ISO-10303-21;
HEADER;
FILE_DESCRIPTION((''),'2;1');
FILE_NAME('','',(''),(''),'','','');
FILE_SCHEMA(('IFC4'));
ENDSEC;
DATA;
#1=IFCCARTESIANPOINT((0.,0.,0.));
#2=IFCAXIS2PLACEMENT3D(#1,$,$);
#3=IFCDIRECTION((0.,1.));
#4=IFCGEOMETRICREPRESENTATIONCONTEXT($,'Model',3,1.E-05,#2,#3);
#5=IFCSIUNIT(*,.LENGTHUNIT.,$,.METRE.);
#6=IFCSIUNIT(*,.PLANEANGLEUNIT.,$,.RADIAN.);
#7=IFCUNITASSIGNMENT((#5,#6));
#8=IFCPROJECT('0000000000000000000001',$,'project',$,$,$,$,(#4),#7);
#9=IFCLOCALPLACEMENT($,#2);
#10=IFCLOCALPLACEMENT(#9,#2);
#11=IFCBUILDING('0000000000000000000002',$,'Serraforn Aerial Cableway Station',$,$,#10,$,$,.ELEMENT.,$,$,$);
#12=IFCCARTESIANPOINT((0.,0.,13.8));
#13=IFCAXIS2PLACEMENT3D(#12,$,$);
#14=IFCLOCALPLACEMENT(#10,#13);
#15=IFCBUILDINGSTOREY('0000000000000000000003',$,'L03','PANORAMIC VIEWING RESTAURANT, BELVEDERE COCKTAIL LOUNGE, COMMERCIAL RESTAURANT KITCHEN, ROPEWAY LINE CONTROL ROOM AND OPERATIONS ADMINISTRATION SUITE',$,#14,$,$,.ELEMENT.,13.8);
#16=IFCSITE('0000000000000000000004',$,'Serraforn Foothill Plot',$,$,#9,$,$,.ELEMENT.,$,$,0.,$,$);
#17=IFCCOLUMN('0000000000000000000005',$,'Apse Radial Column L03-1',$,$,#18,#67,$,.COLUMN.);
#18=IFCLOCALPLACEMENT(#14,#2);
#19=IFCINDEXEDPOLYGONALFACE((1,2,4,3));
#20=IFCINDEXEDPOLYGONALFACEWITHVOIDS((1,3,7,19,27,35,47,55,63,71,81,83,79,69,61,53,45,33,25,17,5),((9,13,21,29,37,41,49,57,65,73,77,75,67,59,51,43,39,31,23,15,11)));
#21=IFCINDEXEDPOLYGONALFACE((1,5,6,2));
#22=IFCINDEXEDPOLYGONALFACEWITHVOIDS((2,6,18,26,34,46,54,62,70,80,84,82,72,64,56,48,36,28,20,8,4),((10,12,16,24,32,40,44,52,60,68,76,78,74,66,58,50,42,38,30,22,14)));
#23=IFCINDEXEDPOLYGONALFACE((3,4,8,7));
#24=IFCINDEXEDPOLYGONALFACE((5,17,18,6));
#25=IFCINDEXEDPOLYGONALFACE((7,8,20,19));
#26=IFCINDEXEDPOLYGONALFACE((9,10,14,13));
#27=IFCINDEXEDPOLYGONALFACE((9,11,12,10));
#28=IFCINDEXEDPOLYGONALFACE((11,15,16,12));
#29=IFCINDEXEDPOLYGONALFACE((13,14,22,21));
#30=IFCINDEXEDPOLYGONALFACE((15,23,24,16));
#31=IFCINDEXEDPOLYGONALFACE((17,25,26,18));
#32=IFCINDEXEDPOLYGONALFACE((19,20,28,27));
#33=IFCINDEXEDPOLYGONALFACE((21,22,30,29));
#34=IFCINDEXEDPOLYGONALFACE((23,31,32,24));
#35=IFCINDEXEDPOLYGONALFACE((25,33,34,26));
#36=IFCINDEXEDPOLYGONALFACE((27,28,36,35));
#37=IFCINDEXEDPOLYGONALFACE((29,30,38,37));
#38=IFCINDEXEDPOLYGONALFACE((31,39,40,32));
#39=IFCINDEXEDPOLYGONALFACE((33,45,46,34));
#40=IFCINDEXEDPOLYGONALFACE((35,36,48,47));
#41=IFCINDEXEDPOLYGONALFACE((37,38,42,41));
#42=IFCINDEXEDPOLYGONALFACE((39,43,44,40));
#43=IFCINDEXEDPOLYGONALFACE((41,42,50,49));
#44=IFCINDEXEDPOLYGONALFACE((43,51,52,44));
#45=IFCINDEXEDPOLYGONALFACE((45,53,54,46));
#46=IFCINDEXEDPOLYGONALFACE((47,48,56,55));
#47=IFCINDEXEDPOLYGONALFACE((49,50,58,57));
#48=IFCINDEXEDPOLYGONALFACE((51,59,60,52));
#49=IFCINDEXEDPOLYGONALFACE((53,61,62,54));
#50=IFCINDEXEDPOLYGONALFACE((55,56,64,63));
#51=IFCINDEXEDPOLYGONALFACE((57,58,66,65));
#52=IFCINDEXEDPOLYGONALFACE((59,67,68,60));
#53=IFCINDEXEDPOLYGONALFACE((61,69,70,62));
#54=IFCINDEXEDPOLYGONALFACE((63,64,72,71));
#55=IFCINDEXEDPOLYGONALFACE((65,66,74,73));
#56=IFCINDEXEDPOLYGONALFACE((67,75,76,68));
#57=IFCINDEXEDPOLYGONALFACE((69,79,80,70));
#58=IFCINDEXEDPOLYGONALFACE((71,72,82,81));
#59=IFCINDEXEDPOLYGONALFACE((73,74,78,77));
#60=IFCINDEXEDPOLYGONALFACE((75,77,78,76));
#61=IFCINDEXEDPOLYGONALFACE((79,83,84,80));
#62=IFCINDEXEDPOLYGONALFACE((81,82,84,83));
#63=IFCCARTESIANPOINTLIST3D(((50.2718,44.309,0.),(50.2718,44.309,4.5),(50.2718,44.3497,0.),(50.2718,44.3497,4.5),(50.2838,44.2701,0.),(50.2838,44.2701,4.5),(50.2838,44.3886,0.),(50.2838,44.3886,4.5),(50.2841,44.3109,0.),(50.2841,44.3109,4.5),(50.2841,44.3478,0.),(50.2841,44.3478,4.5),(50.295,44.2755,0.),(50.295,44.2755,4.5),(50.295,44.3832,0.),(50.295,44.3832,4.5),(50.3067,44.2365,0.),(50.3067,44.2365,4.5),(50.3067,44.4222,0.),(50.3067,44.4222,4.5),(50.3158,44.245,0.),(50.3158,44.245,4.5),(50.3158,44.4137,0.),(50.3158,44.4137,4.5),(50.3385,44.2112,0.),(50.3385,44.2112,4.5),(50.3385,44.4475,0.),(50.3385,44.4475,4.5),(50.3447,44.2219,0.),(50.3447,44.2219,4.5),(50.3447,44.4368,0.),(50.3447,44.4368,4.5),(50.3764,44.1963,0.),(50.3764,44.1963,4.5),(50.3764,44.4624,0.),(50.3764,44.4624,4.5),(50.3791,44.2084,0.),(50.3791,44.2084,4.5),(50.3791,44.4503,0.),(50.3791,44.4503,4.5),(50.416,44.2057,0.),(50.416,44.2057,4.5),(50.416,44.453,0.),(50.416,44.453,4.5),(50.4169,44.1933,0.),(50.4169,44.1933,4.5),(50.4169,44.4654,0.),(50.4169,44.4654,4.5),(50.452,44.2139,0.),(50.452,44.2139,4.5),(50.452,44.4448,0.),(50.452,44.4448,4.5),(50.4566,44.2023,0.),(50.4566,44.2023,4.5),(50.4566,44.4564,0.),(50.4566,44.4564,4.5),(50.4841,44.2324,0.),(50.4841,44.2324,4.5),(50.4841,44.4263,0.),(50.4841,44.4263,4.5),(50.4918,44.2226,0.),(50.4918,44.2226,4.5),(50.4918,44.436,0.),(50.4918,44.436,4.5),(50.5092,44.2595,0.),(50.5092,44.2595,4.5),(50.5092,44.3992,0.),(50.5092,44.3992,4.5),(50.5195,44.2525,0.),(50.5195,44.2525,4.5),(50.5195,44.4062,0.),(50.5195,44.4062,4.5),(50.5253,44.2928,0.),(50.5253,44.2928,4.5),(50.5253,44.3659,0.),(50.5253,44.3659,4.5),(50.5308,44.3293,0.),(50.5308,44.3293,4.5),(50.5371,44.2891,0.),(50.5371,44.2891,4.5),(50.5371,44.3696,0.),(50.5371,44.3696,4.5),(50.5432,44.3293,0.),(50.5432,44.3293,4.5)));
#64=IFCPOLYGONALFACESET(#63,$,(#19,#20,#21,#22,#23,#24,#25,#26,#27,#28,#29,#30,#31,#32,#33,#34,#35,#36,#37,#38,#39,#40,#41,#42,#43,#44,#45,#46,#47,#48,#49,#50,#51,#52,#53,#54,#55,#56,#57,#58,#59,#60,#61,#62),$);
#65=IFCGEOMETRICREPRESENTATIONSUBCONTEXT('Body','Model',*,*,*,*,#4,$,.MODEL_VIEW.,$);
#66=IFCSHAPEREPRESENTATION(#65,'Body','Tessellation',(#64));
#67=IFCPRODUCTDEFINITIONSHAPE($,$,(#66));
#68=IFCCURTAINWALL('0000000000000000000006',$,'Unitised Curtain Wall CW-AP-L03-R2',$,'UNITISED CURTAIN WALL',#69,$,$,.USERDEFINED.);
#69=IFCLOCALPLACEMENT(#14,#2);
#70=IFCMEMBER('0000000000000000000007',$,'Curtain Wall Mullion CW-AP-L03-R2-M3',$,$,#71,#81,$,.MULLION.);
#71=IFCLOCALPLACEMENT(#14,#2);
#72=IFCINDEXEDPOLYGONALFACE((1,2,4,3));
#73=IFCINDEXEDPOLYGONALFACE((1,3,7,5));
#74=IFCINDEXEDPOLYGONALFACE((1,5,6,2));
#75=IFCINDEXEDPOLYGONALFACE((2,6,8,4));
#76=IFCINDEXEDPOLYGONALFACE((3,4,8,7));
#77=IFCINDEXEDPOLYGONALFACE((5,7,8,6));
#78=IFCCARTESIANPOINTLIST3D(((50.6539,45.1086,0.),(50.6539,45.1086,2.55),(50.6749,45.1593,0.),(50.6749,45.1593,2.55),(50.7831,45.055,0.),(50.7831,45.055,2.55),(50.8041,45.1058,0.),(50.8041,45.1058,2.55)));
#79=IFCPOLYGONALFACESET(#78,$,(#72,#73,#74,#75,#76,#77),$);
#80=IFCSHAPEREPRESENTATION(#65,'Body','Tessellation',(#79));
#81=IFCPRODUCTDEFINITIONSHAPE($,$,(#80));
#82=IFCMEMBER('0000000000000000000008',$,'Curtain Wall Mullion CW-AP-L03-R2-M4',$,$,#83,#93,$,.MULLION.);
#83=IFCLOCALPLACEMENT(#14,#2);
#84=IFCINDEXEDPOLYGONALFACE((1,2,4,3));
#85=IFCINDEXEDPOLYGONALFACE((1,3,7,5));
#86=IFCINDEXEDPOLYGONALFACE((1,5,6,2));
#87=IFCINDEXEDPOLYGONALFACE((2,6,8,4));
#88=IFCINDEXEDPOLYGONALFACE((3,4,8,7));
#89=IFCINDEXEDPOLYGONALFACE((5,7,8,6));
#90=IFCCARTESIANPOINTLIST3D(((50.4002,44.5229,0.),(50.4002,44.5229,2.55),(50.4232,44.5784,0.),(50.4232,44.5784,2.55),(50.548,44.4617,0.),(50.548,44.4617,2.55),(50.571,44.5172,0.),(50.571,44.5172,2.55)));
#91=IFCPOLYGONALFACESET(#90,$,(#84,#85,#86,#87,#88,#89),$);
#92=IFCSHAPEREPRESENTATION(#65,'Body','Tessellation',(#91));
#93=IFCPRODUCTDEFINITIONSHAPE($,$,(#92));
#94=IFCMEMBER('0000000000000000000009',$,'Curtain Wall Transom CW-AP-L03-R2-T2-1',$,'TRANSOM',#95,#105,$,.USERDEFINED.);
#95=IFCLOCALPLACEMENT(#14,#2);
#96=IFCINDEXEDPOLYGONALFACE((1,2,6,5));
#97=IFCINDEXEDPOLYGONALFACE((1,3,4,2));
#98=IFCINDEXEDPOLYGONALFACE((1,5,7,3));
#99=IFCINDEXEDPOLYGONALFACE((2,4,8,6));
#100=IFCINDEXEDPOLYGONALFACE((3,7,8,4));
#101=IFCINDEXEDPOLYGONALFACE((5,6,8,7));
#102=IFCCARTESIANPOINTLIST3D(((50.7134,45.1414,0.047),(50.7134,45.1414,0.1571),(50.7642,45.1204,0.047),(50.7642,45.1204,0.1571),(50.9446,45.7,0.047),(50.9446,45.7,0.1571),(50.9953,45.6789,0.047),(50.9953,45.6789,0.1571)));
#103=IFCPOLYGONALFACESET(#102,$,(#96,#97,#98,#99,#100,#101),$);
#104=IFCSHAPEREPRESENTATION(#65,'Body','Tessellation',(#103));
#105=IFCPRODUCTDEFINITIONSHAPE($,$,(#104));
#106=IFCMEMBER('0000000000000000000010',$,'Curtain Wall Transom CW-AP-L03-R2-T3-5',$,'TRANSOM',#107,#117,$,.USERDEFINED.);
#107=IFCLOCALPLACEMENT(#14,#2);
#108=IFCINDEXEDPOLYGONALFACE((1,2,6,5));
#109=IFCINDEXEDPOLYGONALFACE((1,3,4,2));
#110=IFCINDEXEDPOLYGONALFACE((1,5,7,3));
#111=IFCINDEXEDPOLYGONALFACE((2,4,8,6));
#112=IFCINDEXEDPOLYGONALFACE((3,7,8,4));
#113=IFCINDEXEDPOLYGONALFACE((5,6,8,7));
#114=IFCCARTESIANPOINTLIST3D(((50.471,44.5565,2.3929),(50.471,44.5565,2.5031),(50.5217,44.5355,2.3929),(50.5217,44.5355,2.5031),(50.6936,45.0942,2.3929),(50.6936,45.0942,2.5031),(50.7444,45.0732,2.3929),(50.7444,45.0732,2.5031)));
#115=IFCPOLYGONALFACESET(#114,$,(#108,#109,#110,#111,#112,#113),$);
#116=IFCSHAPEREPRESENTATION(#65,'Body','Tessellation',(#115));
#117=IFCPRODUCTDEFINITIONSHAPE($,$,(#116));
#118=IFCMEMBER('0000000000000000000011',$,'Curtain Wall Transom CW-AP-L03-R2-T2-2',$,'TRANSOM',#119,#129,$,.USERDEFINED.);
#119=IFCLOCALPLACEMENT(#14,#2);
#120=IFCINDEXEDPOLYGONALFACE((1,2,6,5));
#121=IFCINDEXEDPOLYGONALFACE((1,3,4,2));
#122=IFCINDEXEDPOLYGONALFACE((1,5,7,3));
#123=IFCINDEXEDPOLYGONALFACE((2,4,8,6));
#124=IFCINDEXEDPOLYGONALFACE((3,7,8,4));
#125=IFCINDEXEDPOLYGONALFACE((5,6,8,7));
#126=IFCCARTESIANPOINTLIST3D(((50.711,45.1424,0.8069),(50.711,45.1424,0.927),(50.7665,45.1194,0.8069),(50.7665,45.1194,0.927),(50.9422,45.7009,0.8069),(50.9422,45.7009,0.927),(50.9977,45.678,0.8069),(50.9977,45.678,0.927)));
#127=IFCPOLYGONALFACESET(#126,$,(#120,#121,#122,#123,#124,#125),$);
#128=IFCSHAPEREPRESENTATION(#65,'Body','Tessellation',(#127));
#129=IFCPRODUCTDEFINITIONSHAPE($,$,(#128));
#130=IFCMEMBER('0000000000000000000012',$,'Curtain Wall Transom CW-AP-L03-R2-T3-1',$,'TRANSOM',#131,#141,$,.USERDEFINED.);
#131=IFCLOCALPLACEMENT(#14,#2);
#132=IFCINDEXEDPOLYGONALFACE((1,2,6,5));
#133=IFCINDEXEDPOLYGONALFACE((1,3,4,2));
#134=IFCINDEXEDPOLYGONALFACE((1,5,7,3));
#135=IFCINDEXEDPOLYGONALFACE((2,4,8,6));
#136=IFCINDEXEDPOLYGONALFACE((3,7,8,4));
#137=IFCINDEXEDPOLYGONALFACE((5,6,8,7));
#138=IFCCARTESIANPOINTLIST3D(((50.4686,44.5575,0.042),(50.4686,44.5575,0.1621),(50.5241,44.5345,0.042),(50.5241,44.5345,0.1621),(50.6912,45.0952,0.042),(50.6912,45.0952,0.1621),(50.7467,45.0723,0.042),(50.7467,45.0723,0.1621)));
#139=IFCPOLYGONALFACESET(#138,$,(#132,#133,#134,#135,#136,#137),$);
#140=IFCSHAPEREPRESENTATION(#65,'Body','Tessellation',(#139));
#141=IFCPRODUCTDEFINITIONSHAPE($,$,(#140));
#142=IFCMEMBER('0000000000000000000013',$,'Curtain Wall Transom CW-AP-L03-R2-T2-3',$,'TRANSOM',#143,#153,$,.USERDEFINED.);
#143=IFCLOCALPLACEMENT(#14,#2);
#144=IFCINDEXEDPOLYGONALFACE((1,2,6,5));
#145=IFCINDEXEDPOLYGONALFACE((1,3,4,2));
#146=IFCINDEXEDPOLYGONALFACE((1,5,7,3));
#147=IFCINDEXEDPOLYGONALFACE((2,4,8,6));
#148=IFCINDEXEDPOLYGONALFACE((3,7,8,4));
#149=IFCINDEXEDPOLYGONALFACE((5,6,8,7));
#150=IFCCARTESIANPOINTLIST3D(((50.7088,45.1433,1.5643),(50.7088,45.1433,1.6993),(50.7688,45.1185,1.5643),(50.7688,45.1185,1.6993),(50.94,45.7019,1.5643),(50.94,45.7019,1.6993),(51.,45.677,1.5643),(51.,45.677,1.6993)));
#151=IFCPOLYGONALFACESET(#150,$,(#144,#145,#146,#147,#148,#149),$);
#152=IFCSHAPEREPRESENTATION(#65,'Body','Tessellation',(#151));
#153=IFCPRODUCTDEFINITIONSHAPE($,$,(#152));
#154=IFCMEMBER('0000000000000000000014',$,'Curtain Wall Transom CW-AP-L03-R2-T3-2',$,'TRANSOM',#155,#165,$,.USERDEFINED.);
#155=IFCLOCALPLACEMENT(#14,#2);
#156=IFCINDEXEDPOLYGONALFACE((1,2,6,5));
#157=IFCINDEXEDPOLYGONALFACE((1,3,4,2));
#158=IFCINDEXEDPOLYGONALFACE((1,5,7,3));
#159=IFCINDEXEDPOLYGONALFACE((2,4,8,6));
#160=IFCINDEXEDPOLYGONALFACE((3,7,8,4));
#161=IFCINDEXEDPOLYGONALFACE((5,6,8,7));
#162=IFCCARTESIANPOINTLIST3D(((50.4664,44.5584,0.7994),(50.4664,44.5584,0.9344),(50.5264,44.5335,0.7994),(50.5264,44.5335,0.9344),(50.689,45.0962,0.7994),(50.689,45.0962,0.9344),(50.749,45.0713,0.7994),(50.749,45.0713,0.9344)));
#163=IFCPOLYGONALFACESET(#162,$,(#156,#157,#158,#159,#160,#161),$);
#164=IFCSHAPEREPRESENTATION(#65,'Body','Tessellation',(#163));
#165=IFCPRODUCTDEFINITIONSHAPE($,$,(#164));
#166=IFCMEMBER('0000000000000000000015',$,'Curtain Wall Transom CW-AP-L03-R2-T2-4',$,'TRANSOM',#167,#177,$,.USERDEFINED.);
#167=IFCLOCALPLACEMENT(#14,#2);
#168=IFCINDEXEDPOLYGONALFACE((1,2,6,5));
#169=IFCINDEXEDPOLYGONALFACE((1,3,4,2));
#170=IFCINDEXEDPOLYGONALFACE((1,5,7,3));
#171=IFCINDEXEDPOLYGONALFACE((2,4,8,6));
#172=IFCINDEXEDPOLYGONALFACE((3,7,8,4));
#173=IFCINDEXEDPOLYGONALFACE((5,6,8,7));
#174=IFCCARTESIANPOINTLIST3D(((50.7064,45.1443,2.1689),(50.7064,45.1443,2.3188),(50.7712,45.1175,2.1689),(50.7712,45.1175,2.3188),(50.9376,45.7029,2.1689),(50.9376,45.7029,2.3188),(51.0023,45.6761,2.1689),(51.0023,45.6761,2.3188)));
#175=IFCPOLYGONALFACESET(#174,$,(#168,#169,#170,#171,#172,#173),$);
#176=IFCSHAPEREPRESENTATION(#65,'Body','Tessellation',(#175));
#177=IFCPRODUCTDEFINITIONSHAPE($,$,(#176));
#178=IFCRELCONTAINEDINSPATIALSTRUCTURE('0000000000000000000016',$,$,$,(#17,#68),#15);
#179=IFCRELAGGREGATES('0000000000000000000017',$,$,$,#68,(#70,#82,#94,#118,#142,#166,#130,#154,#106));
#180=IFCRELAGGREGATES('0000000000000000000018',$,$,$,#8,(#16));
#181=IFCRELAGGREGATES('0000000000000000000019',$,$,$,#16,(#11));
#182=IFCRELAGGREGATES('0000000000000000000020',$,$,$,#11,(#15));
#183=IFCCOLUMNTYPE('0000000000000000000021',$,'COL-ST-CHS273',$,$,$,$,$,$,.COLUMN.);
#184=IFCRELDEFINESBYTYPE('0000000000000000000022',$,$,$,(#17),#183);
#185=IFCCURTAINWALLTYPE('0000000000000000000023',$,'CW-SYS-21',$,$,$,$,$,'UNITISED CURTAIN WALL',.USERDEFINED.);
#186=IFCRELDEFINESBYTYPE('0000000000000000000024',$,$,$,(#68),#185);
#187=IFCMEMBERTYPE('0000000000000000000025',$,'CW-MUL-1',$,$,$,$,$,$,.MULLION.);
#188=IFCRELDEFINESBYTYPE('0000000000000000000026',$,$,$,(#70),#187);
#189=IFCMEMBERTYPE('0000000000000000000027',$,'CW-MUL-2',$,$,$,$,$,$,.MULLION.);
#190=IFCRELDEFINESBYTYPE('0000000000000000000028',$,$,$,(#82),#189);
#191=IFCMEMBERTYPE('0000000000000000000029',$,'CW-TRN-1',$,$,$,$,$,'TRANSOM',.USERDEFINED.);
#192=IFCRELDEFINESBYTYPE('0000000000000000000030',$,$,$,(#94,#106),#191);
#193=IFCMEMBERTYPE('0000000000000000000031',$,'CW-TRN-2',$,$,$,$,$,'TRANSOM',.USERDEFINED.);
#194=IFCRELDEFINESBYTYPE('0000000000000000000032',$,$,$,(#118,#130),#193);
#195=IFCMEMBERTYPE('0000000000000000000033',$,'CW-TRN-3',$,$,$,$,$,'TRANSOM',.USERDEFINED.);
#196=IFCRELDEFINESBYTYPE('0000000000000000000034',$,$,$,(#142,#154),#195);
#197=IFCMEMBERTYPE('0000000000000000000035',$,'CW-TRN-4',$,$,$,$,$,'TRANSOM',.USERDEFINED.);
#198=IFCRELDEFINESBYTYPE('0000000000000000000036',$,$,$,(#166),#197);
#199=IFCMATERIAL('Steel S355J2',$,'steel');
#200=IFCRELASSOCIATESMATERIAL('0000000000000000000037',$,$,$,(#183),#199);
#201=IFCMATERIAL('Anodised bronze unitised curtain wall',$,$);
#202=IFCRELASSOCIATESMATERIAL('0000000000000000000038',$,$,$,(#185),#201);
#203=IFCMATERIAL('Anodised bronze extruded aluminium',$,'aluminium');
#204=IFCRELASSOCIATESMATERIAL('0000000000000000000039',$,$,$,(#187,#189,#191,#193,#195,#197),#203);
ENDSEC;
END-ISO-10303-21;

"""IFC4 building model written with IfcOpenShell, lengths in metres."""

from ifc_helpers import new_model, si_unit, direction, frame, origin, origin_2d, place, context, subcontext, project, spatial, rectangle, hollow_circle, extrude, material, material_profile, profile_set, type_object, element, aggregate, save


model = new_model("IFC4")

# Units and contexts
model_context = context("Model", 3, precision=1e-05, world=origin(), true_north=direction((0.0, 1.0)))
body_context = subcontext(model_context, "Body", "Model", "MODEL_VIEW")
ifc_project = project(units=[si_unit("LENGTHUNIT", "METRE"), si_unit("PLANEANGLEUNIT", "RADIAN")], contexts=[model_context])

# Site, building, storey
site_placement = place(None, origin())
site = spatial("IfcSite", under=ifc_project, at=site_placement, Name="Serraforn Foothill Plot", CompositionType="ELEMENT", RefElevation=0.0)
building_placement = place(site_placement, origin())
building = spatial("IfcBuilding", under=site, at=building_placement, Name="Serraforn Aerial Cableway Station", CompositionType="ELEMENT")
storey_placement = place(building_placement, frame((0.0, 0.0, 13.8)))
storey = spatial("IfcBuildingStorey", under=building, at=storey_placement, Name="L03", Description="PANORAMIC VIEWING RESTAURANT, BELVEDERE COCKTAIL LOUNGE, COMMERCIAL RESTAURANT KITCHEN, ROPEWAY LINE CONTROL ROOM AND OPERATIONS ADMINISTRATION SUITE", CompositionType="ELEMENT", Elevation=13.8)

# Column
ifc_material_1 = material(Name="Steel S355J2", Category="steel")
ifc_material_profile_1 = material_profile(ifc_material_1, hollow_circle(Radius=0.1365, WallThickness=0.0125, at=origin_2d()), Name="CHS 273.0x12.5")
ifc_profile_set_1 = profile_set([ifc_material_profile_1], Name="Steel S355J2")
column_type = type_object("IfcColumnType", Name="COL-ST-CHS273", PredefinedType="COLUMN", material=ifc_profile_set_1)
column_placement = place(storey_placement, frame((50.4067, 44.3293, 0.0), z_axis=(0.0, 0.0, 1.0), x_axis=(1.0, 0.0, 0.0)))
element("IfcColumn", 1, at=column_placement, inside=storey, type_object=column_type, Name="Apse Radial Column L03-1", PredefinedType="COLUMN", context=body_context, shape_type="SweptSolid", body=[
    extrude(hollow_circle(Radius=0.1365, WallThickness=0.0125, at=origin_2d()), origin(), (0.0, 0.0, 1.0), 4.5),
])

# Curtain wall, members
ifc_material_2 = material(Name="Anodised bronze unitised curtain wall")
curtain_wall_type = type_object("IfcCurtainWallType", Name="CW-SYS-21", ElementType="UNITISED CURTAIN WALL", PredefinedType="USERDEFINED", material=ifc_material_2)
curtain_wall_placement = place(storey_placement, origin())
curtain_wall = element("IfcCurtainWall", 2, at=curtain_wall_placement, inside=storey, type_object=curtain_wall_type, Name="Unitised Curtain Wall CW-AP-L03-R2", ObjectType="UNITISED CURTAIN WALL", PredefinedType="USERDEFINED")
ifc_material_3 = material(Name="Anodised bronze extruded aluminium", Category="aluminium")
ifc_material_profile_2 = material_profile(ifc_material_3, rectangle(XDim=0.0549, YDim=0.1399, at=origin_2d()), Name="CW MULLION 55x140")
ifc_profile_set_2 = profile_set([ifc_material_profile_2], Name="Anodised bronze extruded aluminium")
member_type_1 = type_object("IfcMemberType", Name="CW-MUL-1", PredefinedType="MULLION", material=ifc_profile_set_2)
member_1_placement = place(storey_placement, frame((50.729, 45.1072, 0.0), z_axis=(0.0, 0.0, 1.0), x_axis=(-0.382666, -0.923887, 0.0)))
member_1 = element("IfcMember", 3, at=member_1_placement, type_object=member_type_1, Name="Curtain Wall Mullion CW-AP-L03-R2-M3", PredefinedType="MULLION", context=body_context, shape_type="SweptSolid", body=[
    extrude(rectangle(XDim=0.0549, YDim=0.1399, at=origin_2d()), origin(), (0.0, 0.0, 1.0), 2.55),
])
ifc_material_profile_3 = material_profile(ifc_material_3, rectangle(XDim=0.0601, YDim=0.1599, at=origin_2d()), Name="CW MULLION 60x160")
ifc_profile_set_3 = profile_set([ifc_material_profile_3], Name="Anodised bronze extruded aluminium")
member_type_2 = type_object("IfcMemberType", Name="CW-MUL-2", PredefinedType="MULLION", material=ifc_profile_set_3)
member_2_placement = place(storey_placement, frame((50.4856, 44.52, 0.0), z_axis=(0.0, 0.0, 1.0), x_axis=(-0.382666, -0.923887, 0.0)))
member_2 = element("IfcMember", 4, at=member_2_placement, type_object=member_type_2, Name="Curtain Wall Mullion CW-AP-L03-R2-M4", PredefinedType="MULLION", context=body_context, shape_type="SweptSolid", body=[
    extrude(rectangle(XDim=0.0601, YDim=0.1599, at=origin_2d()), origin(), (0.0, 0.0, 1.0), 2.55),
])
ifc_material_profile_4 = material_profile(ifc_material_3, rectangle(XDim=0.0549, YDim=0.1101, at=origin_2d()), Name="CW TRANSOM 55x110")
ifc_profile_set_4 = profile_set([ifc_material_profile_4], Name="Anodised bronze extruded aluminium")
member_type_3 = type_object("IfcMemberType", Name="CW-TRN-1", ElementType="TRANSOM", PredefinedType="USERDEFINED", material=ifc_profile_set_4)
member_3_placement = place(storey_placement, frame((50.97, 45.6895, 0.1021), z_axis=(-0.382435, -0.923982, 0.0), x_axis=(0.923982, -0.382435, 0.0)))
member_3 = element("IfcMember", 5, at=member_3_placement, type_object=member_type_3, Name="Curtain Wall Transom CW-AP-L03-R2-T2-1", ObjectType="TRANSOM", PredefinedType="USERDEFINED", context=body_context, shape_type="SweptSolid", body=[
    extrude(rectangle(XDim=0.0549, YDim=0.1101, at=origin_2d()), origin(), (0.0, 0.0, 1.0), 0.6045),
])
member_4_placement = place(storey_placement, frame((50.719, 45.0837, 2.448), z_axis=(-0.3825, -0.923956, 0.0), x_axis=(0.923956, -0.3825, 0.0)))
member_4 = element("IfcMember", 6, at=member_4_placement, type_object=member_type_3, Name="Curtain Wall Transom CW-AP-L03-R2-T3-5", ObjectType="TRANSOM", PredefinedType="USERDEFINED", context=body_context, shape_type="SweptSolid", body=[
    extrude(rectangle(XDim=0.0549, YDim=0.1101, at=origin_2d()), origin(), (0.0, 0.0, 1.0), 0.582),
])
ifc_material_profile_5 = material_profile(ifc_material_3, rectangle(XDim=0.0601, YDim=0.1201, at=origin_2d()), Name="CW TRANSOM 60x120")
ifc_profile_set_5 = profile_set([ifc_material_profile_5], Name="Anodised bronze extruded aluminium")
member_type_4 = type_object("IfcMemberType", Name="CW-TRN-2", ElementType="TRANSOM", PredefinedType="USERDEFINED", material=ifc_profile_set_5)
member_5_placement = place(storey_placement, frame((50.97, 45.6895, 0.8669), z_axis=(-0.382435, -0.923982, 0.0), x_axis=(0.923982, -0.382435, 0.0)))
member_5 = element("IfcMember", 7, at=member_5_placement, type_object=member_type_4, Name="Curtain Wall Transom CW-AP-L03-R2-T2-2", ObjectType="TRANSOM", PredefinedType="USERDEFINED", context=body_context, shape_type="SweptSolid", body=[
    extrude(rectangle(XDim=0.0601, YDim=0.1201, at=origin_2d()), origin(), (0.0, 0.0, 1.0), 0.6045),
])
member_6_placement = place(storey_placement, frame((50.719, 45.0837, 0.1021), z_axis=(-0.3825, -0.923956, 0.0), x_axis=(0.923956, -0.3825, 0.0)))
member_6 = element("IfcMember", 8, at=member_6_placement, type_object=member_type_4, Name="Curtain Wall Transom CW-AP-L03-R2-T3-1", ObjectType="TRANSOM", PredefinedType="USERDEFINED", context=body_context, shape_type="SweptSolid", body=[
    extrude(rectangle(XDim=0.0601, YDim=0.1201, at=origin_2d()), origin(), (0.0, 0.0, 1.0), 0.582),
])
ifc_material_profile_6 = material_profile(ifc_material_3, rectangle(XDim=0.0649, YDim=0.135, at=origin_2d()), Name="CW TRANSOM 65x135")
ifc_profile_set_6 = profile_set([ifc_material_profile_6], Name="Anodised bronze extruded aluminium")
member_type_5 = type_object("IfcMemberType", Name="CW-TRN-3", ElementType="TRANSOM", PredefinedType="USERDEFINED", material=ifc_profile_set_6)
member_7_placement = place(storey_placement, frame((50.97, 45.6895, 1.6318), z_axis=(-0.382435, -0.923982, 0.0), x_axis=(0.923982, -0.382435, 0.0)))
member_7 = element("IfcMember", 9, at=member_7_placement, type_object=member_type_5, Name="Curtain Wall Transom CW-AP-L03-R2-T2-3", ObjectType="TRANSOM", PredefinedType="USERDEFINED", context=body_context, shape_type="SweptSolid", body=[
    extrude(rectangle(XDim=0.0649, YDim=0.135, at=origin_2d()), origin(), (0.0, 0.0, 1.0), 0.6045),
])
member_8_placement = place(storey_placement, frame((50.719, 45.0837, 0.8669), z_axis=(-0.3825, -0.923956, 0.0), x_axis=(0.923956, -0.3825, 0.0)))
member_8 = element("IfcMember", 10, at=member_8_placement, type_object=member_type_5, Name="Curtain Wall Transom CW-AP-L03-R2-T3-2", ObjectType="TRANSOM", PredefinedType="USERDEFINED", context=body_context, shape_type="SweptSolid", body=[
    extrude(rectangle(XDim=0.0649, YDim=0.135, at=origin_2d()), origin(), (0.0, 0.0, 1.0), 0.582),
])
ifc_material_profile_7 = material_profile(ifc_material_3, rectangle(XDim=0.0701, YDim=0.1499, at=origin_2d()), Name="CW TRANSOM 70x150")
ifc_profile_set_7 = profile_set([ifc_material_profile_7], Name="Anodised bronze extruded aluminium")
member_type_6 = type_object("IfcMemberType", Name="CW-TRN-4", ElementType="TRANSOM", PredefinedType="USERDEFINED", material=ifc_profile_set_7)
member_9_placement = place(storey_placement, frame((50.97, 45.6895, 2.2439), z_axis=(-0.382435, -0.923982, 0.0), x_axis=(0.923982, -0.382435, 0.0)))
member_9 = element("IfcMember", 11, at=member_9_placement, type_object=member_type_6, Name="Curtain Wall Transom CW-AP-L03-R2-T2-4", ObjectType="TRANSOM", PredefinedType="USERDEFINED", context=body_context, shape_type="SweptSolid", body=[
    extrude(rectangle(XDim=0.0701, YDim=0.1499, at=origin_2d()), origin(), (0.0, 0.0, 1.0), 0.6045),
])
aggregate(curtain_wall, [member_1, member_2, member_3, member_5, member_7, member_9, member_6, member_8, member_4])

save(model, "model.ifc")
